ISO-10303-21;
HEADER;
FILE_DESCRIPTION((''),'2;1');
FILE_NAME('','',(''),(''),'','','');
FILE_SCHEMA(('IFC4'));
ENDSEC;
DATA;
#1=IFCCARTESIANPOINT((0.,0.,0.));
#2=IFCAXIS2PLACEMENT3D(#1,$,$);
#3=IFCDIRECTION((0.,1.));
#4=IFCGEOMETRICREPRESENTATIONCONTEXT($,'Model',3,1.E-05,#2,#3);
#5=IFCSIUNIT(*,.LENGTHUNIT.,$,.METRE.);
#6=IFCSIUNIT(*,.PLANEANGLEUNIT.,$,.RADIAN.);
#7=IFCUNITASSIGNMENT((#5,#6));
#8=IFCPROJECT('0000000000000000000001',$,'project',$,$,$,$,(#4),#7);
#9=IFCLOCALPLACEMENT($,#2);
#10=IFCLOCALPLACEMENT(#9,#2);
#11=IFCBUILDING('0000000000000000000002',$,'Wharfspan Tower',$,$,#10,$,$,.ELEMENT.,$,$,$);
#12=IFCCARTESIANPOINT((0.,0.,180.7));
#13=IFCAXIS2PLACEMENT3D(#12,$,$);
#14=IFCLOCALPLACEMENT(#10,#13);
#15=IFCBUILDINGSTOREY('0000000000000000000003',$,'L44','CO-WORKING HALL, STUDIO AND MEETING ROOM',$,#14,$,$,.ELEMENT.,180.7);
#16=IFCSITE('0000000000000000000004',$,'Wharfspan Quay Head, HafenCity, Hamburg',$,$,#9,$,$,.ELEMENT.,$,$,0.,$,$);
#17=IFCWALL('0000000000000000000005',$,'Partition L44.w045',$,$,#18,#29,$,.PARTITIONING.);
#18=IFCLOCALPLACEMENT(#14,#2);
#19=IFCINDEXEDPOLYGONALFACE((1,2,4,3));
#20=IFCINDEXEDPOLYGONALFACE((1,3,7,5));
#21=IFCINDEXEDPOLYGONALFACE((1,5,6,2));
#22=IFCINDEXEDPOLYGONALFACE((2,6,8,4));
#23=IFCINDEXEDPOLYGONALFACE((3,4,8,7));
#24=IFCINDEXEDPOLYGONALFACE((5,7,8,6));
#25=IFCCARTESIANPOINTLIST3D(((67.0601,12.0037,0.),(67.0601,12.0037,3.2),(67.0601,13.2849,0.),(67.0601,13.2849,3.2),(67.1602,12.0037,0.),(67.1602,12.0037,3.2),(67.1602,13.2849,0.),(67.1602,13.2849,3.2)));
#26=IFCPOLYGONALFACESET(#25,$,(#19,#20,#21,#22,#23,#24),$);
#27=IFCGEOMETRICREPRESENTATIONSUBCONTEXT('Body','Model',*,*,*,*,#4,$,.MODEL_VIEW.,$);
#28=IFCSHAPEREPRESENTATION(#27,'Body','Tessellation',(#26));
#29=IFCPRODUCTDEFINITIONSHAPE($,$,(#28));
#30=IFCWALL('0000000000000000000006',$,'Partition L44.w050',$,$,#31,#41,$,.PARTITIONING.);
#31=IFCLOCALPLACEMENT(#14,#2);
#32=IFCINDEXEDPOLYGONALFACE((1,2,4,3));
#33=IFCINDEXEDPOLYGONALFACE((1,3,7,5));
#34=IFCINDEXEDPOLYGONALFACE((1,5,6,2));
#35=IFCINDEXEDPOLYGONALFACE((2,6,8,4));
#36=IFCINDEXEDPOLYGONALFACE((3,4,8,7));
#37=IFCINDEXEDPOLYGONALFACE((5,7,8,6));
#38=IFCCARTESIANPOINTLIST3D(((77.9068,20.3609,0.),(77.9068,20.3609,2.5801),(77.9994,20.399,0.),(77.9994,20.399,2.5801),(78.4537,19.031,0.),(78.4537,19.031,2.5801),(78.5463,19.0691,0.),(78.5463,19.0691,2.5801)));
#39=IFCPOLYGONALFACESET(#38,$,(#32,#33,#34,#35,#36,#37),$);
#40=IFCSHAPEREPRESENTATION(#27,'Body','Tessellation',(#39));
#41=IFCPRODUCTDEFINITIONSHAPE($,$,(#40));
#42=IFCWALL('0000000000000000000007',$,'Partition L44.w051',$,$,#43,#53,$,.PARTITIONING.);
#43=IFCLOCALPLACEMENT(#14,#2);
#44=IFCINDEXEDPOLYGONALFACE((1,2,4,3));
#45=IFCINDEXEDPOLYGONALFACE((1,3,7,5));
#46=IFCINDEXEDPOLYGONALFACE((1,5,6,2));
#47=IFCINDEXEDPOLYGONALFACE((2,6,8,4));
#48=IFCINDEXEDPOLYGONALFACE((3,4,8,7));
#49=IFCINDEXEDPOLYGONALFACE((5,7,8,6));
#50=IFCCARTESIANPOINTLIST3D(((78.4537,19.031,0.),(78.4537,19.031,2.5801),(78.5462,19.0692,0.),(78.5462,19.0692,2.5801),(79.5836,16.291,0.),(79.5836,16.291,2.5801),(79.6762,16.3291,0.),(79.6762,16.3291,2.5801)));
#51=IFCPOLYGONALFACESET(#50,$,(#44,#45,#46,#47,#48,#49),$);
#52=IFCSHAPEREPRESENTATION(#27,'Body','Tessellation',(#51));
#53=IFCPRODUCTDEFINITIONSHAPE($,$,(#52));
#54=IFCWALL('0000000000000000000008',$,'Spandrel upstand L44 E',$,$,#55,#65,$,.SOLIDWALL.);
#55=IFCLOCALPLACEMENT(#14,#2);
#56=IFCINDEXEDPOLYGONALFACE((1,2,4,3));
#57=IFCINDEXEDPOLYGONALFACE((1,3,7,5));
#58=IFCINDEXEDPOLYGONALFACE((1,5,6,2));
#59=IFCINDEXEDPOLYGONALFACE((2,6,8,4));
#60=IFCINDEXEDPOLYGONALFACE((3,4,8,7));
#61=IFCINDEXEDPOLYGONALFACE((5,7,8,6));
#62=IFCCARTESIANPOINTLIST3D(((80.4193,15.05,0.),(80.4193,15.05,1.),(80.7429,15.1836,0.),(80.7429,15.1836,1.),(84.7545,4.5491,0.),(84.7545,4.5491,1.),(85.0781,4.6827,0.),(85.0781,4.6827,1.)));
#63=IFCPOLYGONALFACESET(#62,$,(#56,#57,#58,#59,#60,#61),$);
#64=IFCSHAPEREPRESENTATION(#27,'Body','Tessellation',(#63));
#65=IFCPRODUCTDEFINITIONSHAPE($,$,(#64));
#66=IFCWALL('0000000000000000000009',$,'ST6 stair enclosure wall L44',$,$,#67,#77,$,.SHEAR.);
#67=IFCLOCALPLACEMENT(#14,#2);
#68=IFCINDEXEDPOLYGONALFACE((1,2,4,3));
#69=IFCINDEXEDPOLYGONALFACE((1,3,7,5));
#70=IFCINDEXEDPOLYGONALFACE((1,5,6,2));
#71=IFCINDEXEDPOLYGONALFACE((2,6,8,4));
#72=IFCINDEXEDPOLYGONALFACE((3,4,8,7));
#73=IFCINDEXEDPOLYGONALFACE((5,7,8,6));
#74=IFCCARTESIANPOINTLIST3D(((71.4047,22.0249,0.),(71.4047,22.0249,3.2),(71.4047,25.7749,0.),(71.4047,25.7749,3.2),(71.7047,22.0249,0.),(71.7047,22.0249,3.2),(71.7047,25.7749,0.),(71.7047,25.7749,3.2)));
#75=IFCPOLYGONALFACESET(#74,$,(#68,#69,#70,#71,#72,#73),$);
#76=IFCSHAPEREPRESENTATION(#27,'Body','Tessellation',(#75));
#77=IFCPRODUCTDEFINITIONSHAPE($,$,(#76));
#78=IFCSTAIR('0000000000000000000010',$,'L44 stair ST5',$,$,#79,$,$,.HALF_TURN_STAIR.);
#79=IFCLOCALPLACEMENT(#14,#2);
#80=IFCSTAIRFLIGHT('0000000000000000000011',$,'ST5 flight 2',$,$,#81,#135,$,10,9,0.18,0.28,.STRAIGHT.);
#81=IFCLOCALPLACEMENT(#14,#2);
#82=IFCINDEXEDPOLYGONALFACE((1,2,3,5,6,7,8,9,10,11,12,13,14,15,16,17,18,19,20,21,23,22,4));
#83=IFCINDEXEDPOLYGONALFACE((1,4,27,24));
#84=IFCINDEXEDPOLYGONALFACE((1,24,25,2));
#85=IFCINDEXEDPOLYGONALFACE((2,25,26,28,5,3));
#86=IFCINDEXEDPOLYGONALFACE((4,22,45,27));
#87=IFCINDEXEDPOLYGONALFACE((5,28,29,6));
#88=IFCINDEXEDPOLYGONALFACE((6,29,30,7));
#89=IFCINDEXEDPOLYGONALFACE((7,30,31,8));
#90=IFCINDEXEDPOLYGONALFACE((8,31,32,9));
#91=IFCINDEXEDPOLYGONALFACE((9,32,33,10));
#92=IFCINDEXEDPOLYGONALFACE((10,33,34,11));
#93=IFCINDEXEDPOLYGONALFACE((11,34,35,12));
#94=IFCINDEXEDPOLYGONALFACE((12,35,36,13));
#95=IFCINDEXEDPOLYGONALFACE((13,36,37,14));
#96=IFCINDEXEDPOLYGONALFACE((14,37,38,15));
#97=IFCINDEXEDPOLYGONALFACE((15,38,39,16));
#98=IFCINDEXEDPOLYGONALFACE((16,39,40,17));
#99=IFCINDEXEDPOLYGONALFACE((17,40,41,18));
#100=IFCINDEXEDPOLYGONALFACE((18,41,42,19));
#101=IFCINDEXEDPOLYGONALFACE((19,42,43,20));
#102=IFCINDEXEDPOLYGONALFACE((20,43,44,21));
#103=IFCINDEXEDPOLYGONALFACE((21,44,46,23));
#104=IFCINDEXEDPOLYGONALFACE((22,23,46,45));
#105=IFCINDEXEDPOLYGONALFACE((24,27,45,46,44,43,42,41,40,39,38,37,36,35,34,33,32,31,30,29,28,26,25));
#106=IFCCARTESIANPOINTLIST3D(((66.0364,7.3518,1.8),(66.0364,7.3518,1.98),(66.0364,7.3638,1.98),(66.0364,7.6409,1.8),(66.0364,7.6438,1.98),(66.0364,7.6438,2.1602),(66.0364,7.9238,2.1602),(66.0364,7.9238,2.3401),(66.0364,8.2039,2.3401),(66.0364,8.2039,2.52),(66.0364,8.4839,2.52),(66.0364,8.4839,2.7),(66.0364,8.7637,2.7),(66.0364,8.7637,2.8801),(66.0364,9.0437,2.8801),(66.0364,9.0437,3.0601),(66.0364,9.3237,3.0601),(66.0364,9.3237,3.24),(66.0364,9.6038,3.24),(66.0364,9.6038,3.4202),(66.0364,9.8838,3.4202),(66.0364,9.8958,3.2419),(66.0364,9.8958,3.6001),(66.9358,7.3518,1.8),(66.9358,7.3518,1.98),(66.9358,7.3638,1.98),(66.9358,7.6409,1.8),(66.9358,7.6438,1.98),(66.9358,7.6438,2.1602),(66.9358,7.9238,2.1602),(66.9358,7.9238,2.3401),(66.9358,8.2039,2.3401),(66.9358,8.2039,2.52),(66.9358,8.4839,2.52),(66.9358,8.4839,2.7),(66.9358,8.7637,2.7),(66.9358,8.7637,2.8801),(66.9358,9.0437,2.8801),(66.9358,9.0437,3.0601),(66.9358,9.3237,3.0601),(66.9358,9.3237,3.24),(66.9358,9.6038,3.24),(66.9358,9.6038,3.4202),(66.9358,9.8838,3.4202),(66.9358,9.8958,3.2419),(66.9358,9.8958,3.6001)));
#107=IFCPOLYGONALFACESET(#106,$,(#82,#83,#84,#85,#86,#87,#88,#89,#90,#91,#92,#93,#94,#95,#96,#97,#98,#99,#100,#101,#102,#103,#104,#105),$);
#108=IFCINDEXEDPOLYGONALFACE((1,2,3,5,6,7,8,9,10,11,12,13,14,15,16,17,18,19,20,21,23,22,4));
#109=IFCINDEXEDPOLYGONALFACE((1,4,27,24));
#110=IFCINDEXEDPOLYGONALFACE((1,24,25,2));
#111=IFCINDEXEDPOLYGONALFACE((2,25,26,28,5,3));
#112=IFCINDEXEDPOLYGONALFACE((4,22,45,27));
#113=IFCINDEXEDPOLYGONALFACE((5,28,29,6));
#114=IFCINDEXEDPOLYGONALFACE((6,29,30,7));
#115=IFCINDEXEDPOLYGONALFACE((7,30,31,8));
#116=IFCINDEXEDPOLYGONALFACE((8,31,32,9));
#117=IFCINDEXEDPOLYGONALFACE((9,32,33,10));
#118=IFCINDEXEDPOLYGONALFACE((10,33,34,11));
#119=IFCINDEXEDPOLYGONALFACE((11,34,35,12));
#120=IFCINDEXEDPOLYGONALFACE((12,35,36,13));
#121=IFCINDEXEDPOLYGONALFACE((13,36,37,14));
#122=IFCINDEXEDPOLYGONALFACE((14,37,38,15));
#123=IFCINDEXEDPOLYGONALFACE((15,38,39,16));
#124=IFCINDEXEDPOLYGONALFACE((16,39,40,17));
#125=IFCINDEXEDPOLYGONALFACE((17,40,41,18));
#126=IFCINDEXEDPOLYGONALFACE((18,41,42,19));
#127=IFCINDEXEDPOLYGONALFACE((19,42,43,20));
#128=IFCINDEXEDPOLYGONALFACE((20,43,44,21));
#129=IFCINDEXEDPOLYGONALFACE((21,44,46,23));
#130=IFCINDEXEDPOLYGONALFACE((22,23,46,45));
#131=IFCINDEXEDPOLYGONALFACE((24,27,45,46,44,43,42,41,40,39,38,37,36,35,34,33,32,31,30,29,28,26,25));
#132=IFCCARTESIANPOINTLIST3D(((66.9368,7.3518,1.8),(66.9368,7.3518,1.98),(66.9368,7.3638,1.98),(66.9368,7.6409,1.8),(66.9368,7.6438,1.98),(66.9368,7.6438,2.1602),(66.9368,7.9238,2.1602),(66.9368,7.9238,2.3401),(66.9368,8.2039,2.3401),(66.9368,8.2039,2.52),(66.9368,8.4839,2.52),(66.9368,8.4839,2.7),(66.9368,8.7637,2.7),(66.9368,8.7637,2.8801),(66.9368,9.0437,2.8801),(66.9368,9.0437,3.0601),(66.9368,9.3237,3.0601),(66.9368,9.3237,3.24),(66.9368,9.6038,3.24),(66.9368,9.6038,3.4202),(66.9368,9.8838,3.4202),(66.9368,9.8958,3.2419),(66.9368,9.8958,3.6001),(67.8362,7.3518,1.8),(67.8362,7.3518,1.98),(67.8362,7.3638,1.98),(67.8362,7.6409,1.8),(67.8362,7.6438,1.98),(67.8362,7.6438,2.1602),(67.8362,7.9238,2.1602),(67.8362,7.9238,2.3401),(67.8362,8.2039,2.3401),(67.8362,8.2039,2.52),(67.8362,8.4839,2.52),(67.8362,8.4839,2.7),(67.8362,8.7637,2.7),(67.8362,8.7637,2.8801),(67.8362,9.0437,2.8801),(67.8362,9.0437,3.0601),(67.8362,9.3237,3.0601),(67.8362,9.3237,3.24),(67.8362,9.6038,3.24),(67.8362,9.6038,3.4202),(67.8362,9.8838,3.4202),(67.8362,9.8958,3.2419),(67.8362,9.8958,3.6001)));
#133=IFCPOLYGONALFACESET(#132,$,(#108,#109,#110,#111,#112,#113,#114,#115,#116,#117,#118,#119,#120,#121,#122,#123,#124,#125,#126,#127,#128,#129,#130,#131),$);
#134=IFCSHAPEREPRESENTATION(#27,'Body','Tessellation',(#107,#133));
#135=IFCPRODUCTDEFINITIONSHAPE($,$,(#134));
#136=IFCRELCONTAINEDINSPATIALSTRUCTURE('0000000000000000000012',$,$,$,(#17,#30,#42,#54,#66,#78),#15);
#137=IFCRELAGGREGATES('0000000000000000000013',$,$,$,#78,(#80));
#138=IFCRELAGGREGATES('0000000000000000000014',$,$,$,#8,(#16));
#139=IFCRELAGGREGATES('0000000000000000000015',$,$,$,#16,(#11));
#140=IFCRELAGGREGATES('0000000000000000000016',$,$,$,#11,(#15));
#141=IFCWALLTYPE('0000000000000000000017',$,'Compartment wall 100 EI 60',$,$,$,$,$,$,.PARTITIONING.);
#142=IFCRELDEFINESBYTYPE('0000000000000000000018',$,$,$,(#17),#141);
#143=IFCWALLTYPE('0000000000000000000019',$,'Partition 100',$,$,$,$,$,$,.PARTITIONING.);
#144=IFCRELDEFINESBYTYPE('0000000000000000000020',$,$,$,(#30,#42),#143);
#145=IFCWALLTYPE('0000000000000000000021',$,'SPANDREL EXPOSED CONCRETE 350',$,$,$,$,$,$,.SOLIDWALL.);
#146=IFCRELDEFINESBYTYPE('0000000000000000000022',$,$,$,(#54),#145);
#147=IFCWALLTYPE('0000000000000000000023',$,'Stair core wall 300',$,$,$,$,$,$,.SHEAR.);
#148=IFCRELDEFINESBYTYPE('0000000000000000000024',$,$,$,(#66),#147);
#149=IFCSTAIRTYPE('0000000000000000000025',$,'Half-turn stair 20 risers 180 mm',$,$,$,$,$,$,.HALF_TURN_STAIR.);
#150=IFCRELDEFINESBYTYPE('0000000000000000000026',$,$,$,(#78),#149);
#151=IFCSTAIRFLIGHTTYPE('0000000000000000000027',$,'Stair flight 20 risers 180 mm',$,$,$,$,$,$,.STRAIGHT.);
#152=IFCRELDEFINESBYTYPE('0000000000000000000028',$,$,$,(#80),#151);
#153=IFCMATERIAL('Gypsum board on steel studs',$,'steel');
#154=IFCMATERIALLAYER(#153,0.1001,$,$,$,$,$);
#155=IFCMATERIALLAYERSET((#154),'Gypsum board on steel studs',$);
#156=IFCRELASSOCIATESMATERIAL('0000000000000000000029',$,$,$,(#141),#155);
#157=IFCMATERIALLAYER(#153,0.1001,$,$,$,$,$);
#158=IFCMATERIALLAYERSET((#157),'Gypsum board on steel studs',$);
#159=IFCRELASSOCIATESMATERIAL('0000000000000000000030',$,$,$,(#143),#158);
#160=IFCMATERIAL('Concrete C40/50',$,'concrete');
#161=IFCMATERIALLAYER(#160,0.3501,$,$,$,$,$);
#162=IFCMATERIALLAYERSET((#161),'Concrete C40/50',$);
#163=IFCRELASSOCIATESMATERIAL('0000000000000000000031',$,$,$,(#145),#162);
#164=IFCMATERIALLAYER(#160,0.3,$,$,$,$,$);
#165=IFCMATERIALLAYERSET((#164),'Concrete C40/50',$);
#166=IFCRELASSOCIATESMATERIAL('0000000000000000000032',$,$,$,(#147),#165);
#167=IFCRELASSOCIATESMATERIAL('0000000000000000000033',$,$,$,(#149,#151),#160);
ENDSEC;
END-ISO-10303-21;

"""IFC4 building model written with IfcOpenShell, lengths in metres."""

from ifc_helpers import new_model, si_unit, direction, frame, frame_2d, origin, place, context, subcontext, project, spatial, polyline, rectangle, outline, extrude, material, layer, layer_set, type_object, element, aggregate, save


model = new_model("IFC4")

# Units and contexts
model_context = context("Model", 3, precision=1e-05, world=origin(), true_north=direction((0.0, 1.0)))
body_context = subcontext(model_context, "Body", "Model", "MODEL_VIEW")
ifc_project = project(units=[si_unit("LENGTHUNIT", "METRE"), si_unit("PLANEANGLEUNIT", "RADIAN")], contexts=[model_context])

# Site, building, storey
site_placement = place(None, origin())
site = spatial("IfcSite", under=ifc_project, at=site_placement, Name="Wharfspan Quay Head, HafenCity, Hamburg", CompositionType="ELEMENT", RefElevation=0.0)
building_placement = place(site_placement, origin())
building = spatial("IfcBuilding", under=site, at=building_placement, Name="Wharfspan Tower", CompositionType="ELEMENT")
storey_placement = place(building_placement, frame((0.0, 0.0, 180.7)))
storey = spatial("IfcBuildingStorey", under=building, at=storey_placement, Name="L44", Description="CO-WORKING HALL, STUDIO AND MEETING ROOM", CompositionType="ELEMENT", Elevation=180.7)

# Walls
ifc_material_1 = material(Name="Gypsum board on steel studs", Category="steel")
ifc_layer_1 = layer(ifc_material_1, 0.1001)
ifc_layer_set_1 = layer_set([ifc_layer_1], Name="Gypsum board on steel studs")
wall_type_1 = type_object("IfcWallType", Name="Compartment wall 100 EI 60", PredefinedType="PARTITIONING", material=ifc_layer_set_1)
wall_1_placement = place(storey_placement, frame((67.1101, 12.0037, 0.0), z_axis=(0.0, 0.0, 1.0), x_axis=(0.0, 1.0, 0.0)))
element("IfcWall", 1, at=wall_1_placement, inside=storey, type_object=wall_type_1, Name="Partition L44.w045", PredefinedType="PARTITIONING", context=body_context, shape_type="SweptSolid", body=[
    extrude(rectangle(XDim=1.2812, YDim=0.1001, at=frame_2d((0.6406, 0.0))), origin(), (0.0, 0.0, 1.0), 3.2),
])
ifc_layer_2 = layer(ifc_material_1, 0.1001)
ifc_layer_set_2 = layer_set([ifc_layer_2], Name="Gypsum board on steel studs")
wall_type_2 = type_object("IfcWallType", Name="Partition 100", PredefinedType="PARTITIONING", material=ifc_layer_set_2)
wall_2_placement = place(storey_placement, frame((78.5, 19.05, 0.0), z_axis=(0.0, 0.0, 1.0), x_axis=(-0.380332, 0.924852, 0.0)))
element("IfcWall", 2, at=wall_2_placement, inside=storey, type_object=wall_type_2, Name="Partition L44.w050", PredefinedType="PARTITIONING", context=body_context, shape_type="SweptSolid", body=[
    extrude(rectangle(XDim=1.438, YDim=0.1001, at=frame_2d((0.719, 0.0))), origin(), (0.0, 0.0, 1.0), 2.5801),
])
wall_3_placement = place(storey_placement, frame((79.6299, 16.3101, 0.0), z_axis=(0.0, 0.0, 1.0), x_axis=(-0.381225, 0.924479, 0.0)))
element("IfcWall", 3, at=wall_3_placement, inside=storey, type_object=wall_type_2, Name="Partition L44.w051", PredefinedType="PARTITIONING", context=body_context, shape_type="SweptSolid", body=[
    extrude(rectangle(XDim=2.9639, YDim=0.1001, at=frame_2d((1.4819, 0.0))), origin(), (0.0, 0.0, 1.0), 2.5801),
])
ifc_material_2 = material(Name="Concrete C40/50", Category="concrete")
ifc_layer_3 = layer(ifc_material_2, 0.3501)
ifc_layer_set_3 = layer_set([ifc_layer_3], Name="Concrete C40/50")
wall_type_3 = type_object("IfcWallType", Name="SPANDREL EXPOSED CONCRETE 350", PredefinedType="SOLIDWALL", material=ifc_layer_set_3)
wall_4_placement = place(storey_placement, frame((84.9163, 4.616, 0.0), z_axis=(0.0, 0.0, 1.0), x_axis=(-0.381598, 0.924328, 0.0)))
element("IfcWall", 4, at=wall_4_placement, inside=storey, type_object=wall_type_3, Name="Spandrel upstand L44 E", PredefinedType="SOLIDWALL", context=body_context, shape_type="SweptSolid", body=[
    extrude(rectangle(XDim=11.3606, YDim=0.3501, at=frame_2d((5.6802, 0.0))), origin(), (0.0, 0.0, 1.0), 1.0),
])
ifc_layer_4 = layer(ifc_material_2, 0.3)
ifc_layer_set_4 = layer_set([ifc_layer_4], Name="Concrete C40/50")
wall_type_4 = type_object("IfcWallType", Name="Stair core wall 300", PredefinedType="SHEAR", material=ifc_layer_set_4)
wall_5_placement = place(storey_placement, frame((71.5547, 22.0249, 0.0), z_axis=(0.0, 0.0, 1.0), x_axis=(0.0, 1.0, 0.0)))
element("IfcWall", 5, at=wall_5_placement, inside=storey, type_object=wall_type_4, Name="ST6 stair enclosure wall L44", PredefinedType="SHEAR", context=body_context, shape_type="SweptSolid", body=[
    extrude(rectangle(XDim=3.75, YDim=0.3, at=frame_2d((1.875, 0.0))), origin(), (0.0, 0.0, 1.0), 3.2),
])

# Stair, stair flight
stair_type = type_object("IfcStairType", Name="Half-turn stair 20 risers 180 mm", PredefinedType="HALF_TURN_STAIR", material=ifc_material_2)
stair_placement = place(storey_placement, origin())
stair = element("IfcStair", 6, at=stair_placement, inside=storey, type_object=stair_type, Name="L44 stair ST5", PredefinedType="HALF_TURN_STAIR")
stair_flight_type = type_object("IfcStairFlightType", Name="Stair flight 20 risers 180 mm", PredefinedType="STRAIGHT", material=ifc_material_2)
stair_flight_placement = place(storey_placement, frame((66.9363, 7.3638, 1.8), z_axis=(0.0, 0.0, 1.0), x_axis=(0.0, 1.0, 0.0)))
stair_flight = element("IfcStairFlight", 7, at=stair_flight_placement, type_object=stair_flight_type, Name="ST5 flight 2", NumberOfRisers=10, NumberOfTreads=9, PredefinedType="STRAIGHT", RiserHeight=0.18, TreadLength=0.28, context=body_context, shape_type="SweptSolid", body=[
    extrude(outline(polyline([(-0.012, 0.0), (-0.012, 0.1799), (0.0, 0.1799), (0.28, 0.1799), (0.28, 0.3601), (0.5601, 0.3601), (0.5601, 0.54), (0.8401, 0.54), (0.8401, 0.72), (1.1201, 0.72), (1.1201, 0.8999), (1.3999, 0.8999), (1.3999, 1.0801), (1.6799, 1.0801), (1.6799, 1.26), (1.96, 1.26), (1.96, 1.4399), (2.24, 1.4399), (2.24, 1.6201), (2.52, 1.6201), (2.532, 1.8), (2.532, 1.4419), (0.2771, 0.0), (-0.012, 0.0)])), frame((0.0, 0.8999, 0.0), z_axis=(0.0, -1.0, 0.0), x_axis=(1.0, 0.0, 0.0)), (0.0, 0.0, 1.0), 0.8994),
    extrude(outline(polyline([(-0.012, 0.0), (-0.012, 0.1799), (0.0, 0.1799), (0.28, 0.1799), (0.28, 0.3601), (0.5601, 0.3601), (0.5601, 0.54), (0.8401, 0.54), (0.8401, 0.72), (1.1201, 0.72), (1.1201, 0.8999), (1.3999, 0.8999), (1.3999, 1.0801), (1.6799, 1.0801), (1.6799, 1.26), (1.96, 1.26), (1.96, 1.4399), (2.24, 1.4399), (2.24, 1.6201), (2.52, 1.6201), (2.532, 1.8), (2.532, 1.4419), (0.2771, 0.0), (-0.012, 0.0)])), frame((0.0, -0.0005, 0.0), z_axis=(0.0, -1.0, 0.0), x_axis=(1.0, 0.0, 0.0)), (0.0, 0.0, 1.0), 0.8994),
])
aggregate(stair, [stair_flight])

save(model, "model.ifc")
